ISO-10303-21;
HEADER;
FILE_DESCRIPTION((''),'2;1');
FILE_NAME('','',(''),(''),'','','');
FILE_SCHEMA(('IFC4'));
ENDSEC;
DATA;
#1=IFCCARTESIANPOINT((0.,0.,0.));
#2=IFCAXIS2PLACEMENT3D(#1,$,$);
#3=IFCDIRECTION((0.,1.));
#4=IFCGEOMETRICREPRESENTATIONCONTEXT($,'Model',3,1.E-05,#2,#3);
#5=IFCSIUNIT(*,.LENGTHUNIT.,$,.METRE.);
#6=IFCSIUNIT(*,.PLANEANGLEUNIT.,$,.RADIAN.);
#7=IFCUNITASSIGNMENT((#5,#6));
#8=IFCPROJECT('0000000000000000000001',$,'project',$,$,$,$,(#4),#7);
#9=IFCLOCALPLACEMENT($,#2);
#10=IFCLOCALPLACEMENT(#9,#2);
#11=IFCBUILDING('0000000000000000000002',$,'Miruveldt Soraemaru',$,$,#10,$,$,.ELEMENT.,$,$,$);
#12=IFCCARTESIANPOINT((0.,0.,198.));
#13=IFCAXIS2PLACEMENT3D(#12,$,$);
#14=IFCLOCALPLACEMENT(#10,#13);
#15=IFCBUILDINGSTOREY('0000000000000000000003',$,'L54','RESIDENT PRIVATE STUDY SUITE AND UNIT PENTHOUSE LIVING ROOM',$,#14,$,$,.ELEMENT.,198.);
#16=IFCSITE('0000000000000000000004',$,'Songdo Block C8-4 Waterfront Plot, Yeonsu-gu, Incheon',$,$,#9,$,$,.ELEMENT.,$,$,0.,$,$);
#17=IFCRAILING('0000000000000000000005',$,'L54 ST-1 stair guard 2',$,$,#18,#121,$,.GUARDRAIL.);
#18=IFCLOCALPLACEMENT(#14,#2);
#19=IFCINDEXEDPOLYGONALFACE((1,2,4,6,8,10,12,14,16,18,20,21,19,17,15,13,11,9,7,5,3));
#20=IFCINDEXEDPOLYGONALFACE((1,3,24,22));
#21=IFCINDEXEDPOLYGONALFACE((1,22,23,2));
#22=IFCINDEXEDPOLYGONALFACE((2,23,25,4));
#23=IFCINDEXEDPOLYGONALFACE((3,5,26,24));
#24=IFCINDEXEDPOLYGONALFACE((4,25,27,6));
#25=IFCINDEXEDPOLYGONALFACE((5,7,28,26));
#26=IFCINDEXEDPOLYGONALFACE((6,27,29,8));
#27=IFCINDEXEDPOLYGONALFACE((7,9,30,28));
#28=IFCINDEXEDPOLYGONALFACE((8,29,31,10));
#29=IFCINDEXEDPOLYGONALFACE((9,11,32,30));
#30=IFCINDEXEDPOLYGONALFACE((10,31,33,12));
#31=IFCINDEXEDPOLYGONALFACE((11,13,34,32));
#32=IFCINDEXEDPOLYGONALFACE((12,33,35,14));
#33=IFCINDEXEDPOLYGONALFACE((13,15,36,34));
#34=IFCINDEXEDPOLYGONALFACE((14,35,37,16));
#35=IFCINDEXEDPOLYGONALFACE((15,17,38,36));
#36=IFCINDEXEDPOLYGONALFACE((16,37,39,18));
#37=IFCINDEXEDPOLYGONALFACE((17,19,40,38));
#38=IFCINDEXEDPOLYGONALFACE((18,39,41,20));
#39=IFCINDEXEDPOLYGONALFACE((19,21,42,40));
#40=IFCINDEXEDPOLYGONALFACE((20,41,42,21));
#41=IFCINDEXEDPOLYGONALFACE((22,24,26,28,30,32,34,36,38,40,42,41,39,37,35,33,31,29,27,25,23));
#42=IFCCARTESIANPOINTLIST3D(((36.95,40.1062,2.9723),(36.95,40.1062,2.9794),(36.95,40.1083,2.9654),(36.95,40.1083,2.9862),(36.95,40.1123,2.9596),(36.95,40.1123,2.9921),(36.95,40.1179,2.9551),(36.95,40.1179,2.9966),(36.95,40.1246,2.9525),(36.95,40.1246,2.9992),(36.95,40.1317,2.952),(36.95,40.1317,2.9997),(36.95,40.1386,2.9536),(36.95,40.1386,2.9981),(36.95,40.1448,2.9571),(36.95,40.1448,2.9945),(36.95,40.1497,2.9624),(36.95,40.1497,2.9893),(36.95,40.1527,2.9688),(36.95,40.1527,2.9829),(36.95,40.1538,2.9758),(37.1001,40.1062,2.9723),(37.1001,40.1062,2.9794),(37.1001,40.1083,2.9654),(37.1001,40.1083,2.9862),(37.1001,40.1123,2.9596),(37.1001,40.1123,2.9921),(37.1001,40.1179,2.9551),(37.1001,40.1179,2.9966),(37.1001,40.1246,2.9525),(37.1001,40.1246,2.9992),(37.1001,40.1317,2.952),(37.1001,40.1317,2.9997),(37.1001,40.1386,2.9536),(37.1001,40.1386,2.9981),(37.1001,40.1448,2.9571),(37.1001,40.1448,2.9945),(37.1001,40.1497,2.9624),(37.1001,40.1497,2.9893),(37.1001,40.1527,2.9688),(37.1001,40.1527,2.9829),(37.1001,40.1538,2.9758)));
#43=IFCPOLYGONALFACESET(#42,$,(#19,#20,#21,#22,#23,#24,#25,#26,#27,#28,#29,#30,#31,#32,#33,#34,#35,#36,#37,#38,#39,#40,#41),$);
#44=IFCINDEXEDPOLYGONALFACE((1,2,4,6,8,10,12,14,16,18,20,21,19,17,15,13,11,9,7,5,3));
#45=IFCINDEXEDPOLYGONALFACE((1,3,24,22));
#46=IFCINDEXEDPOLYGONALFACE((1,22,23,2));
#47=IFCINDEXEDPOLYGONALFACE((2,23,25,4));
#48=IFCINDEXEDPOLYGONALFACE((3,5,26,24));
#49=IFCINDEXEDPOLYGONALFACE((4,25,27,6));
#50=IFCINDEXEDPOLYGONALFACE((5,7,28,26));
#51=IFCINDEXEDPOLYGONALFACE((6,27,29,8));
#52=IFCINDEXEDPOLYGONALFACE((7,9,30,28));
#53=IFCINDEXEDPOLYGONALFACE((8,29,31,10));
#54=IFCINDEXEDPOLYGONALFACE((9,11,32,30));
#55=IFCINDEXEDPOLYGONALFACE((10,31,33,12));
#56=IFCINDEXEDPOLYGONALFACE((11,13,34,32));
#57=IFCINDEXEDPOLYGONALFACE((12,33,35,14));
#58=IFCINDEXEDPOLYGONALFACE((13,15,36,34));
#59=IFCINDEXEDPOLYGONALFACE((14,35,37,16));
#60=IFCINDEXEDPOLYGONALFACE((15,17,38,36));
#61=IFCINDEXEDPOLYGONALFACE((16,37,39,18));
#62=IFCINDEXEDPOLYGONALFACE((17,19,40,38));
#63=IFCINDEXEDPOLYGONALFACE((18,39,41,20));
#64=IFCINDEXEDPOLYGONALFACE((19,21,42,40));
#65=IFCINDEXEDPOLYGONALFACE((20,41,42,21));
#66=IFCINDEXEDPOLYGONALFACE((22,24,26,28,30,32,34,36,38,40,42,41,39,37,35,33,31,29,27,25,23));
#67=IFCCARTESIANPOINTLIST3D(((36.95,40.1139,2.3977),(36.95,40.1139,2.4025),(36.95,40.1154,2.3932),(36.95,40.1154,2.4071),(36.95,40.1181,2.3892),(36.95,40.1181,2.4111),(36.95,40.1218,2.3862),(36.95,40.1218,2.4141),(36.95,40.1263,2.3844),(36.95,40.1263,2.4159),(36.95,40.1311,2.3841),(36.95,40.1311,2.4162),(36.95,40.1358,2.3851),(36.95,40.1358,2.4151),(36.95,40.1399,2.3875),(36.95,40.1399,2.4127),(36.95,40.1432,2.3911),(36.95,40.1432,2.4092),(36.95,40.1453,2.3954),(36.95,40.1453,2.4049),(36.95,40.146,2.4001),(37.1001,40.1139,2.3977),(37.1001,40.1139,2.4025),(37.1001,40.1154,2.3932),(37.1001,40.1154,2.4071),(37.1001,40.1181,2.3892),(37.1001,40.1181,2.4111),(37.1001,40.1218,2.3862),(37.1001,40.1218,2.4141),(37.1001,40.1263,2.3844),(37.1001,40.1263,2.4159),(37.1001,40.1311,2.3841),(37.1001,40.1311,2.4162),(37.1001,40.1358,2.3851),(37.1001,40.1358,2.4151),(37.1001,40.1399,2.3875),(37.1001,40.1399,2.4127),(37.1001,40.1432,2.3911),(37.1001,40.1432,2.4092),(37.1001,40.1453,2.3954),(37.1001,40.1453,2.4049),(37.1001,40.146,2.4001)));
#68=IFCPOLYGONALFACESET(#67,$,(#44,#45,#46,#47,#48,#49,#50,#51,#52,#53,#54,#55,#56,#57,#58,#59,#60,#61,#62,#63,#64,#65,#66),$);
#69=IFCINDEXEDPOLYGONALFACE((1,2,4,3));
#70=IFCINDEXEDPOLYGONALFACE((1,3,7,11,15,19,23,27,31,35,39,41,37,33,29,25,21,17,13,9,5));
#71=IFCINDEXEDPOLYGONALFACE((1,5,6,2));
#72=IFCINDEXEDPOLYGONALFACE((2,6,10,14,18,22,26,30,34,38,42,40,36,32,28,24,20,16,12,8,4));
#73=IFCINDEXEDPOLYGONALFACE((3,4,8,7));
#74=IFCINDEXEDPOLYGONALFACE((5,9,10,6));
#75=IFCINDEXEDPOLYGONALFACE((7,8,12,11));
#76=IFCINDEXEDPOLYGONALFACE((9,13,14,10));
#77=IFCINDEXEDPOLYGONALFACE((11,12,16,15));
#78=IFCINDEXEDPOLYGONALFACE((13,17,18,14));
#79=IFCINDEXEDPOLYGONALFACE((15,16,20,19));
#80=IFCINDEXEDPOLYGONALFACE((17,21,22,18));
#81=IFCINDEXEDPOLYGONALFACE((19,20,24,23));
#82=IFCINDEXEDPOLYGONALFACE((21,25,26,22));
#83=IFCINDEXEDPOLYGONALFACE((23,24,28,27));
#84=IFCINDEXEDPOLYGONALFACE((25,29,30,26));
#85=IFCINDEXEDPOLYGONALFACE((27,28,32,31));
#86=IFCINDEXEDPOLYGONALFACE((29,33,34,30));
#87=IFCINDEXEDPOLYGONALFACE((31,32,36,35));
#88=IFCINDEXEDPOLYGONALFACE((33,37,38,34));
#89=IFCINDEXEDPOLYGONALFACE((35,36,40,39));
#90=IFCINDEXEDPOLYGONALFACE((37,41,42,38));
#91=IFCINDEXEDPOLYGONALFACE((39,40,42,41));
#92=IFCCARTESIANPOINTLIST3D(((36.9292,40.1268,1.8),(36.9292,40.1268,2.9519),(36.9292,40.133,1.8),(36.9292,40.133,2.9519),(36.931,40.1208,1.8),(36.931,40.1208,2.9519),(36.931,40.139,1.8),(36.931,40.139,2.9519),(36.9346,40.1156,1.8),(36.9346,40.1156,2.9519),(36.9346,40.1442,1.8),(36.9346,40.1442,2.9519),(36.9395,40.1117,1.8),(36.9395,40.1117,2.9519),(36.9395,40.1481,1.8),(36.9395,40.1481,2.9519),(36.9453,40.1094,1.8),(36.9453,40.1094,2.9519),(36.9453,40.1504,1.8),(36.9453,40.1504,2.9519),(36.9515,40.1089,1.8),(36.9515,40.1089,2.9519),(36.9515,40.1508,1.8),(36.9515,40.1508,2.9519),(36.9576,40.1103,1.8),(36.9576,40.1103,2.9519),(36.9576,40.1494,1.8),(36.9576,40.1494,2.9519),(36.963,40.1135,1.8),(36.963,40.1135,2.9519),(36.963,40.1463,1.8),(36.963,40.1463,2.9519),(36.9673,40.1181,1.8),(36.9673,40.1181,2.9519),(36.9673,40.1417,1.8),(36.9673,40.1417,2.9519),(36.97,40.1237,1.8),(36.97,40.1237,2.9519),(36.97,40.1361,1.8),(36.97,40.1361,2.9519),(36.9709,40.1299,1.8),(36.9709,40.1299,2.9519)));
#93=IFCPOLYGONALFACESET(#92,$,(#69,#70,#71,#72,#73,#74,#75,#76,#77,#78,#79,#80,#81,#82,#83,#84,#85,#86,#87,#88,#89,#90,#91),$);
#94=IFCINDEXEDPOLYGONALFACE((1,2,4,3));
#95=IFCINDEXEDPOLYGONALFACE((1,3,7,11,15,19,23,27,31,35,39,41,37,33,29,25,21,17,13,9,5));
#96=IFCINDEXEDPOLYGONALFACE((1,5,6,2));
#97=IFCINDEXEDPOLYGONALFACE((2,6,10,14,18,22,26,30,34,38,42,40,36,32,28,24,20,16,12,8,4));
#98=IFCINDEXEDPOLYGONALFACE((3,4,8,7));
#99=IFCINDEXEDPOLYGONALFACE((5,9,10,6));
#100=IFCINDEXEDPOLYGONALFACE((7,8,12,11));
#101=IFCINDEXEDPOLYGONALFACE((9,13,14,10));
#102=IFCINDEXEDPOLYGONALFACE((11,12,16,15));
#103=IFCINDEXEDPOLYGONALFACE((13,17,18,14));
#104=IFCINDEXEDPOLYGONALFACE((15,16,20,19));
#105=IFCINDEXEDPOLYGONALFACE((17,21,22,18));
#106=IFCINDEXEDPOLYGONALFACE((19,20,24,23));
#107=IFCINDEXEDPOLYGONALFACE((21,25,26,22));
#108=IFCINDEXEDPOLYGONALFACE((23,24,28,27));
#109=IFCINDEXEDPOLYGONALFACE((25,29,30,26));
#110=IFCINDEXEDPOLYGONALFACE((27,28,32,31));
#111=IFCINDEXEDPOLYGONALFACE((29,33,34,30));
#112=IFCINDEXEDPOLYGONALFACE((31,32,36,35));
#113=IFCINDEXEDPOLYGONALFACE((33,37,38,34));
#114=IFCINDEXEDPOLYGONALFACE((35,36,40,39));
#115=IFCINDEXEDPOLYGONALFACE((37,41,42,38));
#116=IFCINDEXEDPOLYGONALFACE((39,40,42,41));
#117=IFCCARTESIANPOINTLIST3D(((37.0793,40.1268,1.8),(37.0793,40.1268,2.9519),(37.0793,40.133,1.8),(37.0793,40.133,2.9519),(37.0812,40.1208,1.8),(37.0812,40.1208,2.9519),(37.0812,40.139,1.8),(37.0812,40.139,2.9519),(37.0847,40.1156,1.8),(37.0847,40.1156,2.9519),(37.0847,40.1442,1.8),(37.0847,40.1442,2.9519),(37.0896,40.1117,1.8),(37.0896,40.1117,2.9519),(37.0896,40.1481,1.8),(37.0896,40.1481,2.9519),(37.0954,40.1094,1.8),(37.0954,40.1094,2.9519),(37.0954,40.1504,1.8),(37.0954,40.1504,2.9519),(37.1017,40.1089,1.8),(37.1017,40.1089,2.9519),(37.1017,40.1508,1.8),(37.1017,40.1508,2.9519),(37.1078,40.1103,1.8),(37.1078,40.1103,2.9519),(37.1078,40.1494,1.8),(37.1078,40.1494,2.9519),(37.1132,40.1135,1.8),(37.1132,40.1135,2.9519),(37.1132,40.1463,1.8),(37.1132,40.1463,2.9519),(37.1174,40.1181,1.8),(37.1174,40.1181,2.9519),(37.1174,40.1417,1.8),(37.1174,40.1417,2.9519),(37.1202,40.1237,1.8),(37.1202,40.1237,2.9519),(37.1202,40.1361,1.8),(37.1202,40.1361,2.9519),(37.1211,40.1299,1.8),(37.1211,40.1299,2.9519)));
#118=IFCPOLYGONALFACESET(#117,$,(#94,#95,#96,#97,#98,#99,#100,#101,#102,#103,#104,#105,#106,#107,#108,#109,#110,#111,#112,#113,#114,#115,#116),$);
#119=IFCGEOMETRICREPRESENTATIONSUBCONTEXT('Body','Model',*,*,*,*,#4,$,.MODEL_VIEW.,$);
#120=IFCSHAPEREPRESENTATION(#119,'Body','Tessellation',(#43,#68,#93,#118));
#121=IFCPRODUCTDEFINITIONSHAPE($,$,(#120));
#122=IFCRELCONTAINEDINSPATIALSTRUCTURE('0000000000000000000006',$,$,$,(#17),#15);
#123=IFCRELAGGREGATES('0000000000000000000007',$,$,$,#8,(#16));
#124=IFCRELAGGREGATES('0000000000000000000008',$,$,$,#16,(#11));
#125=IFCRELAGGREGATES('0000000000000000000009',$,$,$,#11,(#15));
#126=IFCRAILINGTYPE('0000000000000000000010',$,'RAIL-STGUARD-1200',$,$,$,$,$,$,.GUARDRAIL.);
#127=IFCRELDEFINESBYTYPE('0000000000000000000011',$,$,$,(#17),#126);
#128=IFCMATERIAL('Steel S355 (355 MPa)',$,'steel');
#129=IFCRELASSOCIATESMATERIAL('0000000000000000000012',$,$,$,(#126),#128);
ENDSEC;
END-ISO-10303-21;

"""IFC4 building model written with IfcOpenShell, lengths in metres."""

from ifc_helpers import new_model, si_unit, direction, frame, origin, origin_2d, place, context, subcontext, project, spatial, circle, extrude, material, type_object, element, save


model = new_model("IFC4")

# Units and contexts
model_context = context("Model", 3, precision=1e-05, world=origin(), true_north=direction((0.0, 1.0)))
body_context = subcontext(model_context, "Body", "Model", "MODEL_VIEW")
ifc_project = project(units=[si_unit("LENGTHUNIT", "METRE"), si_unit("PLANEANGLEUNIT", "RADIAN")], contexts=[model_context])

# Site, building, storey
site_placement = place(None, origin())
site = spatial("IfcSite", under=ifc_project, at=site_placement, Name="Songdo Block C8-4 Waterfront Plot, Yeonsu-gu, Incheon", CompositionType="ELEMENT", RefElevation=0.0)
building_placement = place(site_placement, origin())
building = spatial("IfcBuilding", under=site, at=building_placement, Name="Miruveldt Soraemaru", CompositionType="ELEMENT")
storey_placement = place(building_placement, frame((0.0, 0.0, 198.0)))
storey = spatial("IfcBuildingStorey", under=building, at=storey_placement, Name="L54", Description="RESIDENT PRIVATE STUDY SUITE AND UNIT PENTHOUSE LIVING ROOM", CompositionType="ELEMENT", Elevation=198.0)

# Railing
ifc_material_1 = material(Name="Steel S355 (355 MPa)", Category="steel")
railing_type_1 = type_object("IfcRailingType", Name="RAIL-STGUARD-1200", PredefinedType="GUARDRAIL", material=ifc_material_1)
railing_1_placement = place(storey_placement, frame((36.95, 40.1299, 1.8)))
element("IfcRailing", 1, at=railing_1_placement, inside=storey, type_object=railing_type_1, Name="L54 ST-1 stair guard 2", PredefinedType="GUARDRAIL", context=body_context, shape_type="SweptSolid", body=[
    extrude(circle(Radius=0.0239, at=origin_2d()), frame((0.0, 0.0, 1.1758), z_axis=(1.0, 0.0, 0.0), x_axis=(0.0, 1.0, 0.0)), (0.0, 0.0, 1.0), 0.1501),
    extrude(circle(Radius=0.0161, at=origin_2d()), frame((0.0, 0.0, 0.6001), z_axis=(1.0, 0.0, 0.0), x_axis=(0.0, 1.0, 0.0)), (0.0, 0.0, 1.0), 0.1501),
    extrude(circle(Radius=0.021, at=origin_2d()), origin(), (0.0, 0.0, 1.0), 1.1519),
    extrude(circle(Radius=0.021, at=origin_2d()), frame((0.1501, 0.0, 0.0)), (0.0, 0.0, 1.0), 1.1519),
])

save(model, "model.ifc")
